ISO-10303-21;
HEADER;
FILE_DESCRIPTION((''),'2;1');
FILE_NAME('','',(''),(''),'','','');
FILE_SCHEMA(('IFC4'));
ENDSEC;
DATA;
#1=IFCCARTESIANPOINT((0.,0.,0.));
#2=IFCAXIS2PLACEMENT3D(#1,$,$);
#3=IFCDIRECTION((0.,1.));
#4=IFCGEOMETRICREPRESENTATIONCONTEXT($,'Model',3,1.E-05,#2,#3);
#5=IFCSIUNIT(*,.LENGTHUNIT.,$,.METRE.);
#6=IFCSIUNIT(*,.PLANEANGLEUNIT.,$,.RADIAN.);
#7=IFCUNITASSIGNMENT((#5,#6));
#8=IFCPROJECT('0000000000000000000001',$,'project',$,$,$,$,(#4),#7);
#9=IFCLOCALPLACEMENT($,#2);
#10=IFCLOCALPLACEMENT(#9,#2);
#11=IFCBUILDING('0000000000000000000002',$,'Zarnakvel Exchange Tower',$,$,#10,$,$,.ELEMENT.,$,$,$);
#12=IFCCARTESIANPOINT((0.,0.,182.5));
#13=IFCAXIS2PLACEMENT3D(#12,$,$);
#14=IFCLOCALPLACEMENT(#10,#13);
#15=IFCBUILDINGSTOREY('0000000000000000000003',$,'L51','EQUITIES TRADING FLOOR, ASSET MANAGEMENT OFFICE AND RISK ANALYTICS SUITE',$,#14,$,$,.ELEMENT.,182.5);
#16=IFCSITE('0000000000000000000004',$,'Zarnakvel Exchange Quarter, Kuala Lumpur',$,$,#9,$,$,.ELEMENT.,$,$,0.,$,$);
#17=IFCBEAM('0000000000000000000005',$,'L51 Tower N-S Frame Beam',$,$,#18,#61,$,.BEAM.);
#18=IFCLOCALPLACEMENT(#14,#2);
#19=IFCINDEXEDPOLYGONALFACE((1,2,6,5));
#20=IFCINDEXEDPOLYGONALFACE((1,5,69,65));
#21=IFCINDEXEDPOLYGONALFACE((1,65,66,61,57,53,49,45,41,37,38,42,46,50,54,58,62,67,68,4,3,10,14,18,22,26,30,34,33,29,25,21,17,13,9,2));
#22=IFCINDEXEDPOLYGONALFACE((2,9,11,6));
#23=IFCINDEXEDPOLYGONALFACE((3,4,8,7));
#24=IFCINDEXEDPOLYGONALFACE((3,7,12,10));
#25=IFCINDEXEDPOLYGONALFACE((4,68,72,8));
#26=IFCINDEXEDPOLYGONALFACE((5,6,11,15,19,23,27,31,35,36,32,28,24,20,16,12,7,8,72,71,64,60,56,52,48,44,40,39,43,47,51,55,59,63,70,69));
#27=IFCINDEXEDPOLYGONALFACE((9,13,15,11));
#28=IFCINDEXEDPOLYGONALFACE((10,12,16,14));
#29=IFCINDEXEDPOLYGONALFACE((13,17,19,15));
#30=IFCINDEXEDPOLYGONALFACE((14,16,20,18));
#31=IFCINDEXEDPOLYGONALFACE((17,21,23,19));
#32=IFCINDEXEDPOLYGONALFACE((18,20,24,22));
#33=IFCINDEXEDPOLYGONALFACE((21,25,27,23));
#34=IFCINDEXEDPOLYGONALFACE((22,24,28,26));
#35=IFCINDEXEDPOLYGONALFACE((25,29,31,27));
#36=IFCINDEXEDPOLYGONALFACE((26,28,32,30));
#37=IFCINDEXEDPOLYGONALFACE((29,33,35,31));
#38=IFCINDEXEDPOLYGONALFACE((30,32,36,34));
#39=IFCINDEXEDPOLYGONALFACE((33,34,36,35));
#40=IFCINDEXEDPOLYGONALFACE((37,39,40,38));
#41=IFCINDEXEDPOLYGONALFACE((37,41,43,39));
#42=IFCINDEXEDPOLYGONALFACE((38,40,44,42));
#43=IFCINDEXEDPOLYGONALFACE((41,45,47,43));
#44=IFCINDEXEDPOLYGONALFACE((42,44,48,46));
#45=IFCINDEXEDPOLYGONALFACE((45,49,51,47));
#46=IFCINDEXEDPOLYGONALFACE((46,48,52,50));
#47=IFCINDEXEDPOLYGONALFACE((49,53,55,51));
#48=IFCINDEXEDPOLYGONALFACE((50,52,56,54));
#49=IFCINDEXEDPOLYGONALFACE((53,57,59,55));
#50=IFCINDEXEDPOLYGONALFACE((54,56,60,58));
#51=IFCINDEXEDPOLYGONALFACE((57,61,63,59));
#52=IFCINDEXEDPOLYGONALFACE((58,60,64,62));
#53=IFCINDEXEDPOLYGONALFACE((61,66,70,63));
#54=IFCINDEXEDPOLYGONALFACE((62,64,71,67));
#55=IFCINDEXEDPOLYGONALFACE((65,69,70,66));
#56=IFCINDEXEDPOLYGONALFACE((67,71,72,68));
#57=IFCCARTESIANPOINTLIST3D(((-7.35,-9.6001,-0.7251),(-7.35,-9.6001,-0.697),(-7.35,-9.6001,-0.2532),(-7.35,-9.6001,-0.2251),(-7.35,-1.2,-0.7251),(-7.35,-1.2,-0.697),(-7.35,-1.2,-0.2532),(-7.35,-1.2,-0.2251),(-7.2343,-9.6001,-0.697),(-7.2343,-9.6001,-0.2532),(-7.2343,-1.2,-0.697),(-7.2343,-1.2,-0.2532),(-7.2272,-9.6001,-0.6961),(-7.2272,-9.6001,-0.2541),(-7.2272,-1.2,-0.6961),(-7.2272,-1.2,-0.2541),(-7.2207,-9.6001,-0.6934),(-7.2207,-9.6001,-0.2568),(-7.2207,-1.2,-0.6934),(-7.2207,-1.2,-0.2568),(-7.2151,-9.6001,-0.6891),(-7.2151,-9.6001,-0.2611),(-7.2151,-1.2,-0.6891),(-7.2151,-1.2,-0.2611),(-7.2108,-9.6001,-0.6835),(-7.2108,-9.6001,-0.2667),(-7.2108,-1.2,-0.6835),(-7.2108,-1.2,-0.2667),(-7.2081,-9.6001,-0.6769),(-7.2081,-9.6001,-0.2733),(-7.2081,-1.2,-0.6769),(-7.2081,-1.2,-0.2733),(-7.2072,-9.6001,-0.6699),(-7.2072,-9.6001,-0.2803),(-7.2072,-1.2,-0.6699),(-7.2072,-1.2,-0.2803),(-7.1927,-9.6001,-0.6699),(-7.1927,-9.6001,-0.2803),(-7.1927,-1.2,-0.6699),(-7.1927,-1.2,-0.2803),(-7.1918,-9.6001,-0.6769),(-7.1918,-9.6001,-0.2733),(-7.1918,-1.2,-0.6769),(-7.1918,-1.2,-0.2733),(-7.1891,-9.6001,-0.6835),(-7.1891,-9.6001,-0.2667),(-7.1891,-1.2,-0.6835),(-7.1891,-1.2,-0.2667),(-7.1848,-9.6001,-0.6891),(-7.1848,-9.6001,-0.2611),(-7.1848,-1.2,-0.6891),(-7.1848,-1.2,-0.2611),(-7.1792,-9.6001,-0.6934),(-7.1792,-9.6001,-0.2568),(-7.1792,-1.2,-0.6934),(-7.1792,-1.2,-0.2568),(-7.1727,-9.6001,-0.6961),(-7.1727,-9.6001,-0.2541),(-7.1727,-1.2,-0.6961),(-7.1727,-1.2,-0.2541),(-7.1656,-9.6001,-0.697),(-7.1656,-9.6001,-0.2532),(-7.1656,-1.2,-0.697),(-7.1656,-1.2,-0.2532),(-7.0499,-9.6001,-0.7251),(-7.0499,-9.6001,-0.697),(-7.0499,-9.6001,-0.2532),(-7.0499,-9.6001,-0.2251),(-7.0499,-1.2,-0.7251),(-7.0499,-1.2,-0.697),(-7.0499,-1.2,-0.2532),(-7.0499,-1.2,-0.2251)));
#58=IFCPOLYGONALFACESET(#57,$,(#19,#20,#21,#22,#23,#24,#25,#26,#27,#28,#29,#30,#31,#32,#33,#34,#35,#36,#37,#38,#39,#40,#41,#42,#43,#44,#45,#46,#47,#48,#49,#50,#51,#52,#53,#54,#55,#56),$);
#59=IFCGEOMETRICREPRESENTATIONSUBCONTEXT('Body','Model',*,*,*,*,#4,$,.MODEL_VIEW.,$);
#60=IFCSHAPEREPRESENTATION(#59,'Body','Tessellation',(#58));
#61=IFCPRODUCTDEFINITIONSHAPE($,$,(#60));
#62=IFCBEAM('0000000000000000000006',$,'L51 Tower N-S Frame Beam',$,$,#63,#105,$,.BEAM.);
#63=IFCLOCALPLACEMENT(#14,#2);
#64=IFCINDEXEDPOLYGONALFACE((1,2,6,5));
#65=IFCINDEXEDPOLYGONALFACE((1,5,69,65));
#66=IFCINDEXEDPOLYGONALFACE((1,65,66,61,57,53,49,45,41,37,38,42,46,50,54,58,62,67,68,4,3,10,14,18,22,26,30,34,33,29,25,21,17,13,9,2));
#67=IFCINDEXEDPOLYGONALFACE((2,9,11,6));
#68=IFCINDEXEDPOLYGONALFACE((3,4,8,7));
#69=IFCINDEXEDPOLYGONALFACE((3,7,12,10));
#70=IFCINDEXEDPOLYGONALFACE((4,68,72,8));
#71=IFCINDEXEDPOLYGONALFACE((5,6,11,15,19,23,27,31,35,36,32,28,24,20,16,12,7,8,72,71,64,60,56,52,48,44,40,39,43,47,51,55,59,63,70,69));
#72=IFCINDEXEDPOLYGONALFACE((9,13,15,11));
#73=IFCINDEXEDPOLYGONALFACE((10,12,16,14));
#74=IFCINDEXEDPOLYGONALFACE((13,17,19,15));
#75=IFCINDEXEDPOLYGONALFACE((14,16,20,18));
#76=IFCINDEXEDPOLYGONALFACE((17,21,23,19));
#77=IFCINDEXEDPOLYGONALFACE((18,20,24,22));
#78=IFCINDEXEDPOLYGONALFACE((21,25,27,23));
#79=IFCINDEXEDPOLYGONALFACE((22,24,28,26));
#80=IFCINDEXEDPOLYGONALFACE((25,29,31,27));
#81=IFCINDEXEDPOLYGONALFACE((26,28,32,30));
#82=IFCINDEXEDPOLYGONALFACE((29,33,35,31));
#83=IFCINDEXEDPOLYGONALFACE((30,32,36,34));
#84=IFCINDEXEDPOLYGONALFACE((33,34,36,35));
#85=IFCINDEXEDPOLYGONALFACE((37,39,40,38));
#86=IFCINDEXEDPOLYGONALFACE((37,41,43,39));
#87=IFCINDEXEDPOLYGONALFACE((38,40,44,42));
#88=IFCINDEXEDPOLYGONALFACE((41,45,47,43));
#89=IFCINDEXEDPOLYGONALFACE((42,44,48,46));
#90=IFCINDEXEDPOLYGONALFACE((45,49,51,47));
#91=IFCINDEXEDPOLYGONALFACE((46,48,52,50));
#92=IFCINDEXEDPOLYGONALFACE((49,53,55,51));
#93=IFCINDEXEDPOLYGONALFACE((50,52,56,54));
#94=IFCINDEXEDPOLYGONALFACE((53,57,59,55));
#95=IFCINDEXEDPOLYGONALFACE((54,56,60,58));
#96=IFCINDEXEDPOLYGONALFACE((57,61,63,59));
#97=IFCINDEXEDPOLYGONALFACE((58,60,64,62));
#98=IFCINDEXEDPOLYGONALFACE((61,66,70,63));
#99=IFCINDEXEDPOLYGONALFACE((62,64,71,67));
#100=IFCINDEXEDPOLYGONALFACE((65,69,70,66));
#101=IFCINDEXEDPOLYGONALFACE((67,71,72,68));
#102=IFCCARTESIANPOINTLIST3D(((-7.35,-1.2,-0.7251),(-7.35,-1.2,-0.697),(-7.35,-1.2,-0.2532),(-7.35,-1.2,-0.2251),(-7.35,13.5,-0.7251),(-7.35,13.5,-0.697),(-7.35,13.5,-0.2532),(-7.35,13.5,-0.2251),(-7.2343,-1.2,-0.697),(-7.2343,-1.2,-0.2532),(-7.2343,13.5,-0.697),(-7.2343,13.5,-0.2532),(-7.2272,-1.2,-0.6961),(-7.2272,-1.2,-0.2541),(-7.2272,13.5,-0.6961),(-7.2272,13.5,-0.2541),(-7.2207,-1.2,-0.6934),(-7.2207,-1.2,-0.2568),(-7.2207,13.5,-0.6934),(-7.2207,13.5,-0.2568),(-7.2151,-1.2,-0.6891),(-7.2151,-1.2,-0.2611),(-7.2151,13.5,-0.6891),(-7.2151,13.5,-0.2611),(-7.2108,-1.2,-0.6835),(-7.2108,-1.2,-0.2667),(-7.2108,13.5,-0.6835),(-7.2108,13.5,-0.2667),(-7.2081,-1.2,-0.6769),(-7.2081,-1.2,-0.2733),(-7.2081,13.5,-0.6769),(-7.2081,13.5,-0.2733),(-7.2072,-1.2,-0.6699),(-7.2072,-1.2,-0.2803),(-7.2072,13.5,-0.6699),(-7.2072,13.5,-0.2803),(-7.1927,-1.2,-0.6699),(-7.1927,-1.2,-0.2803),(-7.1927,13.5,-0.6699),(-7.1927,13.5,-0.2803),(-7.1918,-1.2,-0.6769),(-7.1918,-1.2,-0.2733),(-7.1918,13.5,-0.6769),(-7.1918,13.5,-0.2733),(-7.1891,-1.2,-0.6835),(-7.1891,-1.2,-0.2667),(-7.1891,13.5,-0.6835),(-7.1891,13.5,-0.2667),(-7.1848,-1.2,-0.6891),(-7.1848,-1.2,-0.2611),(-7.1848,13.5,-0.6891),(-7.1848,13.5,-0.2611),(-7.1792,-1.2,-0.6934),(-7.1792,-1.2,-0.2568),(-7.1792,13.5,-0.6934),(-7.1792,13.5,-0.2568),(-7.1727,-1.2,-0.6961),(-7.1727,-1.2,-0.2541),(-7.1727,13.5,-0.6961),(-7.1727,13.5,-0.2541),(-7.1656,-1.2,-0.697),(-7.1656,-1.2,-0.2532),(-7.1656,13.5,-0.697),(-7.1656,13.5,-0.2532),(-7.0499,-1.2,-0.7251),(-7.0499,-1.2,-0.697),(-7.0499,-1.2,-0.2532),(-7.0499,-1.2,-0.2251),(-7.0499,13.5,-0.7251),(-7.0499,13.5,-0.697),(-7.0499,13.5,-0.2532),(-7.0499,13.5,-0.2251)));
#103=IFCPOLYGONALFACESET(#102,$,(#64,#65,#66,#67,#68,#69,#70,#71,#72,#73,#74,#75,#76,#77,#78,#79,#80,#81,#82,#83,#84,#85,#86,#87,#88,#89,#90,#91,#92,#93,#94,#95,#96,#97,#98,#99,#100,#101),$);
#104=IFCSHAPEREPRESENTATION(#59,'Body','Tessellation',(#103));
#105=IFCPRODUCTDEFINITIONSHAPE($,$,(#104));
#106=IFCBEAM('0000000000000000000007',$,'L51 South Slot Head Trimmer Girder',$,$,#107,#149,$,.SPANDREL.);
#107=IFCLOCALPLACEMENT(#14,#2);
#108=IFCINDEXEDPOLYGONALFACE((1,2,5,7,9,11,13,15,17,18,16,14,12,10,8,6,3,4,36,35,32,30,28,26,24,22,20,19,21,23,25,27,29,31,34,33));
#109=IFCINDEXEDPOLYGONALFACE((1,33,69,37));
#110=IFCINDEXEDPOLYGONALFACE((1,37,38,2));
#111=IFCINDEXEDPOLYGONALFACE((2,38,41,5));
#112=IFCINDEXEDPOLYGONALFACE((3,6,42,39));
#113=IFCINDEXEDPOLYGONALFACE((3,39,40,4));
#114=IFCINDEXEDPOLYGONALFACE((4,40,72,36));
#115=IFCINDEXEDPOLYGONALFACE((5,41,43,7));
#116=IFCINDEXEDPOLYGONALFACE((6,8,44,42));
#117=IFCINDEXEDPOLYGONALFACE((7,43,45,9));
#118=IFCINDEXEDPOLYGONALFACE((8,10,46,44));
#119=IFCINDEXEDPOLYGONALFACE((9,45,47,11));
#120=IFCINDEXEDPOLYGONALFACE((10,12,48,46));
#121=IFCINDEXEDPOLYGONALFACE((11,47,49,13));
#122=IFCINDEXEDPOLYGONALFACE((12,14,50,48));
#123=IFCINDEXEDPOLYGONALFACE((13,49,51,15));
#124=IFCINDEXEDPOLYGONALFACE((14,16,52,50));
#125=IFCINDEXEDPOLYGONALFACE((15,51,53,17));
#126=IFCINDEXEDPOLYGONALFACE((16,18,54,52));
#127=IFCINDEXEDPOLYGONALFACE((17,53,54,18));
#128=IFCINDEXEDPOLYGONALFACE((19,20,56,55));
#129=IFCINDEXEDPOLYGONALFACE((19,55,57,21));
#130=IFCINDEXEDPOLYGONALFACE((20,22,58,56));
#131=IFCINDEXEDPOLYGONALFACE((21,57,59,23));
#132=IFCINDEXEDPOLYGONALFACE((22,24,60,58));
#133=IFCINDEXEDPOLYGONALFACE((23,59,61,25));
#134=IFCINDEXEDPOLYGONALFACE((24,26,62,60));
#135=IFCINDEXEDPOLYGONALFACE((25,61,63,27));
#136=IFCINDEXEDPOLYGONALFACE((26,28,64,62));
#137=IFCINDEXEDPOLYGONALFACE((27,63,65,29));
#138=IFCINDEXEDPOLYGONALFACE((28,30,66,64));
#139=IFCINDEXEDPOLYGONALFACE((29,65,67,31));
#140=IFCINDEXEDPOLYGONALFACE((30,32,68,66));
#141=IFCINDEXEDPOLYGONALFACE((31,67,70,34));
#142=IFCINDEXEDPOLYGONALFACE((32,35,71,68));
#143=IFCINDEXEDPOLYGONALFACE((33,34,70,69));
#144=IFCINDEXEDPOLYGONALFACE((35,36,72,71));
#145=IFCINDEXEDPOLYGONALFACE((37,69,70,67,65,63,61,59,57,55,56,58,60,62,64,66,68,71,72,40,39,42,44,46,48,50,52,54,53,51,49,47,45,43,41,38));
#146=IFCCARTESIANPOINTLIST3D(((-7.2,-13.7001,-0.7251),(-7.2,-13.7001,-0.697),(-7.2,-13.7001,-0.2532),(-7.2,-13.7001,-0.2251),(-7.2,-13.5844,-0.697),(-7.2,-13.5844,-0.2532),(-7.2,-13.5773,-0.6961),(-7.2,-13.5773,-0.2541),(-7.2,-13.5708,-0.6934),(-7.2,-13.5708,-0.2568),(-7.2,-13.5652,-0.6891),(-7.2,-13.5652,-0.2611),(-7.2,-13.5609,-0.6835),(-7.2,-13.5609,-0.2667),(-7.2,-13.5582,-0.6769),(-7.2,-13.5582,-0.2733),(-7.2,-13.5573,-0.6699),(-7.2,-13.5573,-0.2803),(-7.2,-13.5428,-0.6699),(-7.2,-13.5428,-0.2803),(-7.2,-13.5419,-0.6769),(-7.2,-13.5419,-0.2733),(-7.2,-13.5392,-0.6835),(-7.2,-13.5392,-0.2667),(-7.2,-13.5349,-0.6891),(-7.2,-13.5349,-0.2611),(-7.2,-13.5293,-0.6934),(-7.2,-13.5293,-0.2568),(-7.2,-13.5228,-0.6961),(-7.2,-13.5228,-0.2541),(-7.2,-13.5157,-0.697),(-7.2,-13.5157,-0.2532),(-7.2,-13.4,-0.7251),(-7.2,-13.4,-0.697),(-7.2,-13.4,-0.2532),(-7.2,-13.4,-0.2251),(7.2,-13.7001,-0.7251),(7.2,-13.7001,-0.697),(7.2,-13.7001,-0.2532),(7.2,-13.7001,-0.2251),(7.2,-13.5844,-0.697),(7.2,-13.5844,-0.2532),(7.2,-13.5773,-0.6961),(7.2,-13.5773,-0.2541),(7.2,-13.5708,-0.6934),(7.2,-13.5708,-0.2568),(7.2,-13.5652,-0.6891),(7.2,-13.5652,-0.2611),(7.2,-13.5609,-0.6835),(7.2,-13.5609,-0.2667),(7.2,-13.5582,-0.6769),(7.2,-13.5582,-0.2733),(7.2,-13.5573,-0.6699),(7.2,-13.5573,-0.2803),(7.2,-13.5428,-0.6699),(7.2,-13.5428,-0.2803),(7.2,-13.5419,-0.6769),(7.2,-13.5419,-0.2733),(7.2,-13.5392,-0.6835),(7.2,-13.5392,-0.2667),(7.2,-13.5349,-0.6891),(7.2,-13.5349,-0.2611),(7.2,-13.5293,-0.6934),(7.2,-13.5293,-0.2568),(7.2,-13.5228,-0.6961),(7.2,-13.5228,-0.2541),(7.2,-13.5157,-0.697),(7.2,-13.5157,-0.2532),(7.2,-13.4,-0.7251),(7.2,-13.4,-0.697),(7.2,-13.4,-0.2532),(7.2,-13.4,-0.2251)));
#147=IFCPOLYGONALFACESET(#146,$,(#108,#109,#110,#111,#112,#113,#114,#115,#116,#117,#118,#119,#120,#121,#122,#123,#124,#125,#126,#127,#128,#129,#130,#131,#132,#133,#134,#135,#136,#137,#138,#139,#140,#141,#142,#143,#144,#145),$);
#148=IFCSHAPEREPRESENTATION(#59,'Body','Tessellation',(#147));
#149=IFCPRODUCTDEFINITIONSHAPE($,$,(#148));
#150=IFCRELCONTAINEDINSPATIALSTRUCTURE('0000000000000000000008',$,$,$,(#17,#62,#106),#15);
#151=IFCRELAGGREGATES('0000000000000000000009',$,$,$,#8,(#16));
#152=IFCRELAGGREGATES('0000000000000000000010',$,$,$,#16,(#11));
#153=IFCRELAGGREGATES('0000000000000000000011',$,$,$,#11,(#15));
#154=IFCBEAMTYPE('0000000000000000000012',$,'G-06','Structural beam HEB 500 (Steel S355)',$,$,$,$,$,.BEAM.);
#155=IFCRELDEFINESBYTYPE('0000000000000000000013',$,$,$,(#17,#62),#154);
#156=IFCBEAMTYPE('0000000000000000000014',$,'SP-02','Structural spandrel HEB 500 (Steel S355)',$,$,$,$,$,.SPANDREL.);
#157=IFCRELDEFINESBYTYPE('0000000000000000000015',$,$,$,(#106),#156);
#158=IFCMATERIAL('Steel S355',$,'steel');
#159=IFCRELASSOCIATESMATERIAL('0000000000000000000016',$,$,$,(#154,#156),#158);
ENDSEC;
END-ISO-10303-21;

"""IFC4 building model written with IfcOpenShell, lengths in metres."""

from ifc_helpers import new_model, si_unit, direction, frame, origin, origin_2d, place, context, subcontext, project, spatial, i_section, extrude, material, material_profile, profile_set, type_object, element, save


model = new_model("IFC4")

# Units and contexts
model_context = context("Model", 3, precision=1e-05, world=origin(), true_north=direction((0.0, 1.0)))
body_context = subcontext(model_context, "Body", "Model", "MODEL_VIEW")
ifc_project = project(units=[si_unit("LENGTHUNIT", "METRE"), si_unit("PLANEANGLEUNIT", "RADIAN")], contexts=[model_context])

# Site, building, storey
site_placement = place(None, origin())
site = spatial("IfcSite", under=ifc_project, at=site_placement, Name="Zarnakvel Exchange Quarter, Kuala Lumpur", CompositionType="ELEMENT", RefElevation=0.0)
building_placement = place(site_placement, origin())
building = spatial("IfcBuilding", under=site, at=building_placement, Name="Zarnakvel Exchange Tower", CompositionType="ELEMENT")
storey_placement = place(building_placement, frame((0.0, 0.0, 182.5)))
storey = spatial("IfcBuildingStorey", under=building, at=storey_placement, Name="L51", Description="EQUITIES TRADING FLOOR, ASSET MANAGEMENT OFFICE AND RISK ANALYTICS SUITE", CompositionType="ELEMENT", Elevation=182.5)

# Beams
ifc_material_1 = material(Name="Steel S355", Category="steel")
ifc_material_profile_1 = material_profile(ifc_material_1, i_section(OverallWidth=0.3, OverallDepth=0.5, WebThickness=0.0144, FlangeThickness=0.0281, FilletRadius=0.0271, at=origin_2d()))
ifc_profile_set_1 = profile_set([ifc_material_profile_1], Name="Steel S355")
beam_type_1 = type_object("IfcBeamType", Name="G-06", Description="Structural beam HEB 500 (Steel S355)", PredefinedType="BEAM", material=ifc_profile_set_1)
beam_1_placement = place(storey_placement, frame((-7.2, -9.6001, -0.4751), z_axis=(0.0, 1.0, 0.0), x_axis=(-1.0, 0.0, 0.0)))
element("IfcBeam", 1, at=beam_1_placement, inside=storey, type_object=beam_type_1, Name="L51 Tower N-S Frame Beam", PredefinedType="BEAM", context=body_context, shape_type="SweptSolid", body=[
    extrude(i_section(OverallWidth=0.3, OverallDepth=0.5, WebThickness=0.0144, FlangeThickness=0.0281, FilletRadius=0.0271, at=origin_2d()), origin(), (0.0, 0.0, 1.0), 8.4001),
])
beam_2_placement = place(storey_placement, frame((-7.2, -1.2, -0.4751), z_axis=(0.0, 1.0, 0.0), x_axis=(-1.0, 0.0, 0.0)))
element("IfcBeam", 2, at=beam_2_placement, inside=storey, type_object=beam_type_1, Name="L51 Tower N-S Frame Beam", PredefinedType="BEAM", context=body_context, shape_type="SweptSolid", body=[
    extrude(i_section(OverallWidth=0.3, OverallDepth=0.5, WebThickness=0.0144, FlangeThickness=0.0281, FilletRadius=0.0271, at=origin_2d()), origin(), (0.0, 0.0, 1.0), 14.7),
])
ifc_material_profile_2 = material_profile(ifc_material_1, i_section(OverallWidth=0.3, OverallDepth=0.5, WebThickness=0.0144, FlangeThickness=0.0281, FilletRadius=0.0271, at=origin_2d()))
ifc_profile_set_2 = profile_set([ifc_material_profile_2], Name="Steel S355")
beam_type_2 = type_object("IfcBeamType", Name="SP-02", Description="Structural spandrel HEB 500 (Steel S355)", PredefinedType="SPANDREL", material=ifc_profile_set_2)
beam_3_placement = place(storey_placement, frame((-7.2, -13.55, -0.4751), z_axis=(1.0, 0.0, 0.0), x_axis=(0.0, 1.0, 0.0)))
element("IfcBeam", 3, at=beam_3_placement, inside=storey, type_object=beam_type_2, Name="L51 South Slot Head Trimmer Girder", PredefinedType="SPANDREL", context=body_context, shape_type="SweptSolid", body=[
    extrude(i_section(OverallWidth=0.3, OverallDepth=0.5, WebThickness=0.0144, FlangeThickness=0.0281, FilletRadius=0.0271, at=origin_2d()), origin(), (0.0, 0.0, 1.0), 14.3999),
])

save(model, "model.ifc")
